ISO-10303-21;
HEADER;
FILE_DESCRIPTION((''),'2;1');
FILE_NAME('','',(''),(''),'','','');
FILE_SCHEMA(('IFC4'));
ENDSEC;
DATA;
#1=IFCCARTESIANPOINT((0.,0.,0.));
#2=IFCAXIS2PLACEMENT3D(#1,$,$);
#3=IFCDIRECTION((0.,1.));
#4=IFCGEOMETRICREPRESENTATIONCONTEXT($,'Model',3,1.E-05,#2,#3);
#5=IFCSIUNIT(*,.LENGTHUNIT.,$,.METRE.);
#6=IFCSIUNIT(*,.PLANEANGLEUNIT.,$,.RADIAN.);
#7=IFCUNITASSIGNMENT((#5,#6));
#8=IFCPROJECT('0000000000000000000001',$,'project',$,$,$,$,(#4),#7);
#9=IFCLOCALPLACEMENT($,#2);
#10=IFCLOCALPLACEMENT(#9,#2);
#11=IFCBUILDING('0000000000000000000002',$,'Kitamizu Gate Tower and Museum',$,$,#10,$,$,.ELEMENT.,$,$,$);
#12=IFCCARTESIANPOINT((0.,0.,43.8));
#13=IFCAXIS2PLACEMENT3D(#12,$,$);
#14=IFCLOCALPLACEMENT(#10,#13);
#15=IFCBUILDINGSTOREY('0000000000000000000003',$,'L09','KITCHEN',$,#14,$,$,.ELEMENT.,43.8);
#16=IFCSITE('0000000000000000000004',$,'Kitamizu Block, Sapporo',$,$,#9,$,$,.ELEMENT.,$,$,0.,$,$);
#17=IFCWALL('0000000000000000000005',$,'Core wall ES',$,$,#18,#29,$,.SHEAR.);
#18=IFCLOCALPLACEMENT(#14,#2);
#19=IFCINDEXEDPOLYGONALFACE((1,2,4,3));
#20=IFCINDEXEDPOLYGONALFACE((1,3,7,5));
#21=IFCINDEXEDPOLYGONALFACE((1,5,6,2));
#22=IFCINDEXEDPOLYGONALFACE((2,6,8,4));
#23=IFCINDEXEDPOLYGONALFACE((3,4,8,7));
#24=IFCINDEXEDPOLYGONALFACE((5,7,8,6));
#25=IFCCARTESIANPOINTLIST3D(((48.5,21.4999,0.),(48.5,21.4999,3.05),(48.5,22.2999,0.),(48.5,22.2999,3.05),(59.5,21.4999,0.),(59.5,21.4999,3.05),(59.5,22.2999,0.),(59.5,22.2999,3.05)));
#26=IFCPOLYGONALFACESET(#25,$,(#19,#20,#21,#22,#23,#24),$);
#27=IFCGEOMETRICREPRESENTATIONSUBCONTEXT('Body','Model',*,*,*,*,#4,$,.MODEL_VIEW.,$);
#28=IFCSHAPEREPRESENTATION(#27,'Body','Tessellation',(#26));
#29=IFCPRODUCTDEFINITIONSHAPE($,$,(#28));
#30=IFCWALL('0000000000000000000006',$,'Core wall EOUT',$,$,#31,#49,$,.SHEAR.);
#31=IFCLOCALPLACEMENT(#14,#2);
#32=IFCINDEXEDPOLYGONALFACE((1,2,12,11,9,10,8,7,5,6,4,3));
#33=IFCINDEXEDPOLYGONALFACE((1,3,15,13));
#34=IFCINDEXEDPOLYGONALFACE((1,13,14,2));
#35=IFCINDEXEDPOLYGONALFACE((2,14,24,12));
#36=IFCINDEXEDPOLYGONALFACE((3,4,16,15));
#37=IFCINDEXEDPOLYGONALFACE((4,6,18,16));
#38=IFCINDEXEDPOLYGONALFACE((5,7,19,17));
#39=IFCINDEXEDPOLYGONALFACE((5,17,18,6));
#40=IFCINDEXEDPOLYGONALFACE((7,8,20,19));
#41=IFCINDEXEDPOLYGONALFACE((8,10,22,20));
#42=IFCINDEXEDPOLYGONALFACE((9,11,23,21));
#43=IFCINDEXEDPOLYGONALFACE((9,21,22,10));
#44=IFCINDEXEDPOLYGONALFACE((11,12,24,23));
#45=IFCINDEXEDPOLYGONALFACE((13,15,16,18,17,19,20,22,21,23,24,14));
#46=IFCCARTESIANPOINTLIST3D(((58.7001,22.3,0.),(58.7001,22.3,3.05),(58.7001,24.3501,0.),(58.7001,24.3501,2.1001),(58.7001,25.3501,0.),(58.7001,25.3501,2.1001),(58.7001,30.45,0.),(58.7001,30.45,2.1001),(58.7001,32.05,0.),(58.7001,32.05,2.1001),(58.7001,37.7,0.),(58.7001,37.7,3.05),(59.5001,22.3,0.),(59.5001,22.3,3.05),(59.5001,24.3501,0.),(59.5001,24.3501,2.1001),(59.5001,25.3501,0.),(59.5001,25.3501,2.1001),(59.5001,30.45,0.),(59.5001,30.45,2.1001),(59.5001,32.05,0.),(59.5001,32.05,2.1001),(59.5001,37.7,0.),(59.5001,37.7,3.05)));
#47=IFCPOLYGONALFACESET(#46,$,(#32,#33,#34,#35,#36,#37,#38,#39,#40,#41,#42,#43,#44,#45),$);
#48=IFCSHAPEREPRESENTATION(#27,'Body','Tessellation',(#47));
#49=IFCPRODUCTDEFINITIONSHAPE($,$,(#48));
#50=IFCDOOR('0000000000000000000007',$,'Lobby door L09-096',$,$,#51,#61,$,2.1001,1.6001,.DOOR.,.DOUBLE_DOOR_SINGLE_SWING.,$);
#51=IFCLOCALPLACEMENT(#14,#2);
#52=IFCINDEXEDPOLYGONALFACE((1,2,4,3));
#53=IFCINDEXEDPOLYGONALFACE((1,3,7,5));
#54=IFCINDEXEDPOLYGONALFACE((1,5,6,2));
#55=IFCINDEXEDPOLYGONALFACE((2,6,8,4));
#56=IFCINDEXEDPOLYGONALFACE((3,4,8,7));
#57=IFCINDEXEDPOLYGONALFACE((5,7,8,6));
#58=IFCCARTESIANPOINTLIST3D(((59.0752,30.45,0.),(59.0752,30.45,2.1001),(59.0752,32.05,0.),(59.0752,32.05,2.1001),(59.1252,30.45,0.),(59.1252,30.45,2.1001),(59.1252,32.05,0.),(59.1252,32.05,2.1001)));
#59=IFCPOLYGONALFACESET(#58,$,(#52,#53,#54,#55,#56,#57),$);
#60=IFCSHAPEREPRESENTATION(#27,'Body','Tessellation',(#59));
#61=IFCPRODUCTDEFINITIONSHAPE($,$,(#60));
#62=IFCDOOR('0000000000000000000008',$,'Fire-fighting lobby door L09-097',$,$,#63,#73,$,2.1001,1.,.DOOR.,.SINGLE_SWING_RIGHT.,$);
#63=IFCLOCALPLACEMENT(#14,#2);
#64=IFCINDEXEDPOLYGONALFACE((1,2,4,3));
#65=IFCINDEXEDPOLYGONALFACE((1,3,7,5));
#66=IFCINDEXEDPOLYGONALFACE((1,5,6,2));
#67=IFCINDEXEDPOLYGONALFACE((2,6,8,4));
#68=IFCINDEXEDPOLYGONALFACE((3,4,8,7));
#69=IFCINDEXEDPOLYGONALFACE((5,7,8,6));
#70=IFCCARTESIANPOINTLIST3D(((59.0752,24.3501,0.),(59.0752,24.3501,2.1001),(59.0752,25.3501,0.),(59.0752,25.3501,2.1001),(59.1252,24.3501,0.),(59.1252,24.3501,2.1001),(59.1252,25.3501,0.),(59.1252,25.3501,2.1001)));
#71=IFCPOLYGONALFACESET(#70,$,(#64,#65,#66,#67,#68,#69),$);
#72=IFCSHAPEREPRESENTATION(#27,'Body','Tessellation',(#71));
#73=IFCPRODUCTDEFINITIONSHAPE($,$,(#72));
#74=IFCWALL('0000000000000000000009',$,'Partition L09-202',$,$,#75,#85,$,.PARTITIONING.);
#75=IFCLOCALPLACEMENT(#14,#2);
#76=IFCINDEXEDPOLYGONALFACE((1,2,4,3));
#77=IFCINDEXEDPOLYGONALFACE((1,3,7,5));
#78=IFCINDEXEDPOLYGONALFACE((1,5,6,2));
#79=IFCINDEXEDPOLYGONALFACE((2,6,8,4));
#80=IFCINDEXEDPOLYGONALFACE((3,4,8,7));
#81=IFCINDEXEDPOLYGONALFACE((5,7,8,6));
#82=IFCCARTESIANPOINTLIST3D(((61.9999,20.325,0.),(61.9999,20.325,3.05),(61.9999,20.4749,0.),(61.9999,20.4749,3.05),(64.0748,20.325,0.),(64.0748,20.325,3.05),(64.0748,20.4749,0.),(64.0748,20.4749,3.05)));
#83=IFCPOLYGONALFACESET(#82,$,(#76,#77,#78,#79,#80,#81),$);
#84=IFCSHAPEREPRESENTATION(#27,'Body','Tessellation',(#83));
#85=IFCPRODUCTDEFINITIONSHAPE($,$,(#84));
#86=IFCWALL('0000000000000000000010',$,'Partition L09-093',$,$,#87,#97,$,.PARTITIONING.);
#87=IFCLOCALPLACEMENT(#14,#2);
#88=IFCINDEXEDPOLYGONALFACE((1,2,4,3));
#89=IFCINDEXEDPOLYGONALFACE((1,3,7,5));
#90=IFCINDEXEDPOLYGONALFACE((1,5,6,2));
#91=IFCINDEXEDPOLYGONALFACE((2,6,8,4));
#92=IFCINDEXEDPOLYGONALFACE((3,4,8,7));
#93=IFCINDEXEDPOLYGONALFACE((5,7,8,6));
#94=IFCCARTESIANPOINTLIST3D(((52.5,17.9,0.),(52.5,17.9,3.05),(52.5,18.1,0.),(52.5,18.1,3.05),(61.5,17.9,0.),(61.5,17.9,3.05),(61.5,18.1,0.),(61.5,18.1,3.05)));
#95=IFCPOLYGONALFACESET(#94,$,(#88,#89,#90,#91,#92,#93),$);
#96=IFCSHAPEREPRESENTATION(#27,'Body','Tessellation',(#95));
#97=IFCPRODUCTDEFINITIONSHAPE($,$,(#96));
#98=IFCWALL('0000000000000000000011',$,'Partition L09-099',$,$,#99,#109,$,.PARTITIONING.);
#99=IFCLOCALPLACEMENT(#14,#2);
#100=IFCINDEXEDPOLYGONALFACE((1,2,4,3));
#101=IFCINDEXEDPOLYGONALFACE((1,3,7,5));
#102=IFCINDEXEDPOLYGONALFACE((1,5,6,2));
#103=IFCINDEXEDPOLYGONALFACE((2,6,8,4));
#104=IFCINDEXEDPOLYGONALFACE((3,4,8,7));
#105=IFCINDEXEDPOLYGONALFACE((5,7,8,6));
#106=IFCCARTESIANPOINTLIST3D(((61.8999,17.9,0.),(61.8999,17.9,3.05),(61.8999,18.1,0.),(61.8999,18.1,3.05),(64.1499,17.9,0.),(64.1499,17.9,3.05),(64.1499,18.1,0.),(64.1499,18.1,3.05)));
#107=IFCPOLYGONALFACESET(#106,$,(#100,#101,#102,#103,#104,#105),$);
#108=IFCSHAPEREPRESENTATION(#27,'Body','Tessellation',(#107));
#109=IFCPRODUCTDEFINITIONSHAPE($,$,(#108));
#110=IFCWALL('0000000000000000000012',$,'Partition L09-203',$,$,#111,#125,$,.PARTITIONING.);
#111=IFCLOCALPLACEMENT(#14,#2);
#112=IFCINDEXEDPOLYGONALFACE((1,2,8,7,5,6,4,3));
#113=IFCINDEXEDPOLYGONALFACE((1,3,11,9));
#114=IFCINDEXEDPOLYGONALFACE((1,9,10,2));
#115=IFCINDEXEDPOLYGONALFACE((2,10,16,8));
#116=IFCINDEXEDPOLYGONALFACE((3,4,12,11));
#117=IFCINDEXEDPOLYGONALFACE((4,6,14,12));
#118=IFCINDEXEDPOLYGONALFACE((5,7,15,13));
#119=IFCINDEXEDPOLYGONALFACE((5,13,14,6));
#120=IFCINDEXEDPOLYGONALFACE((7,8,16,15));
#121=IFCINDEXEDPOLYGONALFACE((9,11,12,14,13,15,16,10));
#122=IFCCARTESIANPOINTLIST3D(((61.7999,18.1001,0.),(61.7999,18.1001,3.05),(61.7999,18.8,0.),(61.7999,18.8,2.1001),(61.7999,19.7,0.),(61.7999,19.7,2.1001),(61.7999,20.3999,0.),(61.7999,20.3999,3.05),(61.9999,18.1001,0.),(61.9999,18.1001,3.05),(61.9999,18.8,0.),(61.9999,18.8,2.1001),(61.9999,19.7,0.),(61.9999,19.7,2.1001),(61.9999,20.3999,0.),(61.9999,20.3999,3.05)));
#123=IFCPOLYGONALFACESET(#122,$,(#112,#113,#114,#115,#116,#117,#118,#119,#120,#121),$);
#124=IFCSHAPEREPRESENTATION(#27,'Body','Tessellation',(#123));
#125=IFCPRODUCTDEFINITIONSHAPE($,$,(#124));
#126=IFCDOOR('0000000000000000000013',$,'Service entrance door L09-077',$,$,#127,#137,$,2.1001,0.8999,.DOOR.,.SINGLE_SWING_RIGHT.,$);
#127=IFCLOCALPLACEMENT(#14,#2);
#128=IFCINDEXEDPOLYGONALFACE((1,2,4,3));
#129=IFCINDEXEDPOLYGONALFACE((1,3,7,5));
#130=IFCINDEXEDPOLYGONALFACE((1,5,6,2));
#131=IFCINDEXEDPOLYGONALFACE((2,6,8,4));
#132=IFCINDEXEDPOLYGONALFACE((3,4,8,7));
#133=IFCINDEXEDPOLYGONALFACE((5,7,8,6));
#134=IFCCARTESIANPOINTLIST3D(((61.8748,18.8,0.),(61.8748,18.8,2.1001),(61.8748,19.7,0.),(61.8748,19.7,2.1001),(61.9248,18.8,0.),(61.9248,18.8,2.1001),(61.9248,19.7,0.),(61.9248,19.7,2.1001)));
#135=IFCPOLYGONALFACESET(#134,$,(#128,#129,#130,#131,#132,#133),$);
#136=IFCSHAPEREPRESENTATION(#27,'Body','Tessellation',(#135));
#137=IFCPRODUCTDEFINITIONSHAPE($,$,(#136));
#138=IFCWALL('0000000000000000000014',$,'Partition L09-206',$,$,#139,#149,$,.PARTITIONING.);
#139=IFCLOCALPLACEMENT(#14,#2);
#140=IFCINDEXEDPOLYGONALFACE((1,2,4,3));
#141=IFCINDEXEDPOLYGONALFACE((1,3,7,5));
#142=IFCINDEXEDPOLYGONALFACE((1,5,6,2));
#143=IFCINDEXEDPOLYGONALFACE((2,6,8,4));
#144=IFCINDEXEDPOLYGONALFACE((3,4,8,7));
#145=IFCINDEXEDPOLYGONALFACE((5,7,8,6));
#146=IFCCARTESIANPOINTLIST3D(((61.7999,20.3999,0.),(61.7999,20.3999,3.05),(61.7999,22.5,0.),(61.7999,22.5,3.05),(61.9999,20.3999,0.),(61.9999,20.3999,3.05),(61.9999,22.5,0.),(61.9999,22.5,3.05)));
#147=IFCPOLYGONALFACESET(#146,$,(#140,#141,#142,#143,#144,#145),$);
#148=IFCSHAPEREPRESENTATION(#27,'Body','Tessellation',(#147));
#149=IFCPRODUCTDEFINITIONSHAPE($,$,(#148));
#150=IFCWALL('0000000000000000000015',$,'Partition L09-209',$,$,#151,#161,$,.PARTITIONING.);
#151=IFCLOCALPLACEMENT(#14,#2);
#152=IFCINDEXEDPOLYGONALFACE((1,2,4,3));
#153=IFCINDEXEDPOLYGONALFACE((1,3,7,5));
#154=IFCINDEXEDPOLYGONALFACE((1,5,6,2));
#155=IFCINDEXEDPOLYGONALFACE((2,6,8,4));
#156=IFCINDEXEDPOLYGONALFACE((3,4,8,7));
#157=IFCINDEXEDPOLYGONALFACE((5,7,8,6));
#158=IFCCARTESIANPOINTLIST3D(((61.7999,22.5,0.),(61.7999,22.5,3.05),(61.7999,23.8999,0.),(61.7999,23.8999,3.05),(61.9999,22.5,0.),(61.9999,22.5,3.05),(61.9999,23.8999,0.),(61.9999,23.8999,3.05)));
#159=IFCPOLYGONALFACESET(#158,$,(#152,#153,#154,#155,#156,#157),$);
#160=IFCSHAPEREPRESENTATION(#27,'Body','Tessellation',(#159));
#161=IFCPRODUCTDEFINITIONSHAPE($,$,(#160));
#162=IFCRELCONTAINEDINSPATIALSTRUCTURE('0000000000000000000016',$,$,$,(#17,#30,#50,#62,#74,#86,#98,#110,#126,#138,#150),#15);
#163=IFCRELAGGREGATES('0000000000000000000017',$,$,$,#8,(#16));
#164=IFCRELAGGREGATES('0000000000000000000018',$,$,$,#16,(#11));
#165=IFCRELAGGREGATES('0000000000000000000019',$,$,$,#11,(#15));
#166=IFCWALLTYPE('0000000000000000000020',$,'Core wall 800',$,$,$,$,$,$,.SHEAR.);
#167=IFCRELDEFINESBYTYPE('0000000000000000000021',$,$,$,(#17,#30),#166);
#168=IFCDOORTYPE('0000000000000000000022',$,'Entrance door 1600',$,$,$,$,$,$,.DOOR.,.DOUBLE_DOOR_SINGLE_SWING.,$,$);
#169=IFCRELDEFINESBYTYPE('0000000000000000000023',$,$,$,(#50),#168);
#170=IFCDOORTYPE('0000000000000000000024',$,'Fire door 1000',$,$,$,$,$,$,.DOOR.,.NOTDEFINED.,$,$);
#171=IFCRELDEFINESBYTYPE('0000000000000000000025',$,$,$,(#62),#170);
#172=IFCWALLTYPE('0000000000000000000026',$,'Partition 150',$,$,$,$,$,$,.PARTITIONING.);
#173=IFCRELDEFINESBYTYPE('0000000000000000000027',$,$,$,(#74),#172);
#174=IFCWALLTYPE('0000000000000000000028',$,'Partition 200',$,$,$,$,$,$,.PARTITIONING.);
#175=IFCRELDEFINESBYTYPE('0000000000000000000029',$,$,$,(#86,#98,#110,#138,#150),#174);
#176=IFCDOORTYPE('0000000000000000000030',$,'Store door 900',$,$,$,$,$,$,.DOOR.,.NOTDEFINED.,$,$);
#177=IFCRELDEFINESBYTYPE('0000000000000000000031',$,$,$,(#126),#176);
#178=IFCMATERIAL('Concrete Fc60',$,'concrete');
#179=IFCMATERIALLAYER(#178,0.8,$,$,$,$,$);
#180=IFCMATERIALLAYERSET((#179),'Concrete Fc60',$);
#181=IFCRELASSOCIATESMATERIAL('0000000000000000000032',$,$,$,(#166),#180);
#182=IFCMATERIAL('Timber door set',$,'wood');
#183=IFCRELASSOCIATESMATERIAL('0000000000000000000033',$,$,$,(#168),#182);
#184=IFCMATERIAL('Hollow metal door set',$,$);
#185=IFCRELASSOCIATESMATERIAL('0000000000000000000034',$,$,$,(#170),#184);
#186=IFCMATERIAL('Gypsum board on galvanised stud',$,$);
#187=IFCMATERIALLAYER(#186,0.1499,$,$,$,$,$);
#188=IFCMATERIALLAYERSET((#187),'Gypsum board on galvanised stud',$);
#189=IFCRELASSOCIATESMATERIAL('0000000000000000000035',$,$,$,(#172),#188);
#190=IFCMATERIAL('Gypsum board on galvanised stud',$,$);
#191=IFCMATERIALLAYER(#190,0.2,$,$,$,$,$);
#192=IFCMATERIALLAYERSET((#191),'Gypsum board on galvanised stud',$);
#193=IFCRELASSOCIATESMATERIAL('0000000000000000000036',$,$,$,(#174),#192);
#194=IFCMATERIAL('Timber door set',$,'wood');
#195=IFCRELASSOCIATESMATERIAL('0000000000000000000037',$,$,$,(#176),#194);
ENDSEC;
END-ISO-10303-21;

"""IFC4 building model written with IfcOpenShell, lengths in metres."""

from ifc_helpers import new_model, si_unit, direction, frame, frame_2d, origin, place, context, subcontext, project, spatial, rectangle, extrude, material, layer, layer_set, type_object, element, fill, save


model = new_model("IFC4")

# Units and contexts
model_context = context("Model", 3, precision=1e-05, world=origin(), true_north=direction((0.0, 1.0)))
body_context = subcontext(model_context, "Body", "Model", "MODEL_VIEW")
ifc_project = project(units=[si_unit("LENGTHUNIT", "METRE"), si_unit("PLANEANGLEUNIT", "RADIAN")], contexts=[model_context])

# Site, building, storey
site_placement = place(None, origin())
site = spatial("IfcSite", under=ifc_project, at=site_placement, Name="Kitamizu Block, Sapporo", CompositionType="ELEMENT", RefElevation=0.0)
building_placement = place(site_placement, origin())
building = spatial("IfcBuilding", under=site, at=building_placement, Name="Kitamizu Gate Tower and Museum", CompositionType="ELEMENT")
storey_placement = place(building_placement, frame((0.0, 0.0, 43.8)))
storey = spatial("IfcBuildingStorey", under=building, at=storey_placement, Name="L09", Description="KITCHEN", CompositionType="ELEMENT", Elevation=43.8)

# Wall
ifc_material_1 = material(Name="Concrete Fc60", Category="concrete")
ifc_layer_1 = layer(ifc_material_1, 0.8)
ifc_layer_set_1 = layer_set([ifc_layer_1], Name="Concrete Fc60")
wall_type_1 = type_object("IfcWallType", Name="Core wall 800", PredefinedType="SHEAR", material=ifc_layer_set_1)
wall_1_placement = place(storey_placement, frame((59.5, 21.8999, 0.0), z_axis=(0.0, 0.0, 1.0), x_axis=(-1.0, 0.0, 0.0)))
element("IfcWall", 1, at=wall_1_placement, inside=storey, type_object=wall_type_1, Name="Core wall ES", PredefinedType="SHEAR", context=body_context, shape_type="SweptSolid", body=[
    extrude(rectangle(XDim=11.0, YDim=0.8, at=frame_2d((5.5, 0.0))), origin(), (0.0, 0.0, 1.0), 3.05),
])

# Wall, openings, doors
wall_2_placement = place(storey_placement, frame((59.1001, 22.3, 0.0), z_axis=(0.0, 0.0, 1.0), x_axis=(0.0, 1.0, 0.0)))
wall_2 = element("IfcWall", 2, at=wall_2_placement, inside=storey, type_object=wall_type_1, Name="Core wall EOUT", PredefinedType="SHEAR", context=body_context, shape_type="SweptSolid", body=[
    extrude(rectangle(XDim=15.3999, YDim=0.8, at=frame_2d((7.7, 0.0))), origin(), (0.0, 0.0, 1.0), 3.05),
])
opening_1_placement = place(wall_2_placement, frame((8.1499, 0.0, 0.0)))
opening_1 = element("IfcOpeningElement", 3, at=opening_1_placement, cuts=wall_2, PredefinedType="OPENING", context=body_context, shape_type="SweptSolid", body=[
    extrude(rectangle(XDim=1.6001, YDim=2.1001, at=frame_2d((0.8, 1.05))), frame((0.0, 0.4102, 0.0), z_axis=(0.0, -1.0, 0.0), x_axis=(1.0, 0.0, 0.0)), (0.0, 0.0, 1.0), 0.8201),
])
opening_2_placement = place(wall_2_placement, frame((2.05, 0.0, 0.0)))
opening_2 = element("IfcOpeningElement", 4, at=opening_2_placement, cuts=wall_2, PredefinedType="OPENING", context=body_context, shape_type="SweptSolid", body=[
    extrude(rectangle(XDim=1.0, YDim=2.1001, at=frame_2d((0.5, 1.05))), frame((0.0, 0.4102, 0.0), z_axis=(0.0, -1.0, 0.0), x_axis=(1.0, 0.0, 0.0)), (0.0, 0.0, 1.0), 0.8201),
])
ifc_material_2 = material(Name="Timber door set", Category="wood")
door_type_1 = type_object("IfcDoorType", Name="Entrance door 1600", OperationType="DOUBLE_DOOR_SINGLE_SWING", PredefinedType="DOOR", material=ifc_material_2)
door_1_placement = place(opening_1_placement, origin())
door_1 = element("IfcDoor", 5, at=door_1_placement, inside=storey, type_object=door_type_1, Name="Lobby door L09-096", OperationType="DOUBLE_DOOR_SINGLE_SWING", OverallHeight=2.1001, OverallWidth=1.6001, PredefinedType="DOOR", context=body_context, shape_type="SweptSolid", body=[
    extrude(rectangle(XDim=1.6001, YDim=2.1001, at=frame_2d((0.8, 1.05))), frame((0.0, 0.0249, 0.0), z_axis=(0.0, -1.0, 0.0), x_axis=(1.0, 0.0, 0.0)), (0.0, 0.0, 1.0), 0.05),
])
fill(opening_1, door_1)
ifc_material_3 = material(Name="Hollow metal door set")
door_type_2 = type_object("IfcDoorType", Name="Fire door 1000", OperationType="NOTDEFINED", PredefinedType="DOOR", material=ifc_material_3)
door_2_placement = place(opening_2_placement, origin())
door_2 = element("IfcDoor", 6, at=door_2_placement, inside=storey, type_object=door_type_2, Name="Fire-fighting lobby door L09-097", OperationType="SINGLE_SWING_RIGHT", OverallHeight=2.1001, OverallWidth=1.0, PredefinedType="DOOR", context=body_context, shape_type="SweptSolid", body=[
    extrude(rectangle(XDim=1.0, YDim=2.1001, at=frame_2d((0.5, 1.05))), frame((0.0, 0.0249, 0.0), z_axis=(0.0, -1.0, 0.0), x_axis=(1.0, 0.0, 0.0)), (0.0, 0.0, 1.0), 0.05),
])
fill(opening_2, door_2)

# Walls
ifc_material_4 = material(Name="Gypsum board on galvanised stud")
ifc_layer_2 = layer(ifc_material_4, 0.1499)
ifc_layer_set_2 = layer_set([ifc_layer_2], Name="Gypsum board on galvanised stud")
wall_type_2 = type_object("IfcWallType", Name="Partition 150", PredefinedType="PARTITIONING", material=ifc_layer_set_2)
wall_3_placement = place(storey_placement, frame((64.075, 20.3999, 0.0), z_axis=(0.0, 0.0, 1.0), x_axis=(-1.0, 0.0, 0.0)))
element("IfcWall", 7, at=wall_3_placement, inside=storey, type_object=wall_type_2, Name="Partition L09-202", PredefinedType="PARTITIONING", context=body_context, shape_type="SweptSolid", body=[
    extrude(rectangle(XDim=2.075, YDim=0.1499, at=frame_2d((1.0376, 0.0))), origin(), (0.0, 0.0, 1.0), 3.05),
])
ifc_material_5 = material(Name="Gypsum board on galvanised stud")
ifc_layer_3 = layer(ifc_material_5, 0.2)
ifc_layer_set_3 = layer_set([ifc_layer_3], Name="Gypsum board on galvanised stud")
wall_type_3 = type_object("IfcWallType", Name="Partition 200", PredefinedType="PARTITIONING", material=ifc_layer_set_3)
wall_4_placement = place(storey_placement, frame((61.5, 18.0, 0.0), z_axis=(0.0, 0.0, 1.0), x_axis=(-1.0, 0.0, 0.0)))
element("IfcWall", 8, at=wall_4_placement, inside=storey, type_object=wall_type_3, Name="Partition L09-093", PredefinedType="PARTITIONING", context=body_context, shape_type="SweptSolid", body=[
    extrude(rectangle(XDim=9.0, YDim=0.2, at=frame_2d((4.5, 0.0))), origin(), (0.0, 0.0, 1.0), 3.05),
])
wall_5_placement = place(storey_placement, frame((64.1499, 18.0, 0.0), z_axis=(0.0, 0.0, 1.0), x_axis=(-1.0, 0.0, 0.0)))
element("IfcWall", 9, at=wall_5_placement, inside=storey, type_object=wall_type_3, Name="Partition L09-099", PredefinedType="PARTITIONING", context=body_context, shape_type="SweptSolid", body=[
    extrude(rectangle(XDim=2.25, YDim=0.2, at=frame_2d((1.125, 0.0))), origin(), (0.0, 0.0, 1.0), 3.05),
])

# Wall, opening, door
wall_6_placement = place(storey_placement, frame((61.8999, 20.3999, 0.0), z_axis=(0.0, 0.0, 1.0), x_axis=(0.0, -1.0, 0.0)))
wall_6 = element("IfcWall", 10, at=wall_6_placement, inside=storey, type_object=wall_type_3, Name="Partition L09-203", PredefinedType="PARTITIONING", context=body_context, shape_type="SweptSolid", body=[
    extrude(rectangle(XDim=2.2998, YDim=0.2, at=frame_2d((1.1499, 0.0))), origin(), (0.0, 0.0, 1.0), 3.05),
])
opening_3_placement = place(wall_6_placement, frame((0.7, 0.0, 0.0)))
opening_3 = element("IfcOpeningElement", 11, at=opening_3_placement, cuts=wall_6, PredefinedType="OPENING", context=body_context, shape_type="SweptSolid", body=[
    extrude(rectangle(XDim=0.8999, YDim=2.1001, at=frame_2d((0.45, 1.05))), frame((0.0, 0.1099, 0.0), z_axis=(0.0, -1.0, 0.0), x_axis=(1.0, 0.0, 0.0)), (0.0, 0.0, 1.0), 0.22),
])
ifc_material_6 = material(Name="Timber door set", Category="wood")
door_type_3 = type_object("IfcDoorType", Name="Store door 900", OperationType="NOTDEFINED", PredefinedType="DOOR", material=ifc_material_6)
door_3_placement = place(opening_3_placement, origin())
door_3 = element("IfcDoor", 12, at=door_3_placement, inside=storey, type_object=door_type_3, Name="Service entrance door L09-077", OperationType="SINGLE_SWING_RIGHT", OverallHeight=2.1001, OverallWidth=0.8999, PredefinedType="DOOR", context=body_context, shape_type="SweptSolid", body=[
    extrude(rectangle(XDim=0.8999, YDim=2.1001, at=frame_2d((0.45, 1.05))), frame((0.0, 0.0249, 0.0), z_axis=(0.0, -1.0, 0.0), x_axis=(1.0, 0.0, 0.0)), (0.0, 0.0, 1.0), 0.05),
])
fill(opening_3, door_3)

# Walls
wall_7_placement = place(storey_placement, frame((61.8999, 22.5, 0.0), z_axis=(0.0, 0.0, 1.0), x_axis=(0.0, -1.0, 0.0)))
element("IfcWall", 13, at=wall_7_placement, inside=storey, type_object=wall_type_3, Name="Partition L09-206", PredefinedType="PARTITIONING", context=body_context, shape_type="SweptSolid", body=[
    extrude(rectangle(XDim=2.1001, YDim=0.2, at=frame_2d((1.05, 0.0))), origin(), (0.0, 0.0, 1.0), 3.05),
])
wall_8_placement = place(storey_placement, frame((61.8999, 23.8999, 0.0), z_axis=(0.0, 0.0, 1.0), x_axis=(0.0, -1.0, 0.0)))
element("IfcWall", 14, at=wall_8_placement, inside=storey, type_object=wall_type_3, Name="Partition L09-209", PredefinedType="PARTITIONING", context=body_context, shape_type="SweptSolid", body=[
    extrude(rectangle(XDim=1.3999, YDim=0.2, at=frame_2d((0.7, 0.0))), origin(), (0.0, 0.0, 1.0), 3.05),
])

save(model, "model.ifc")
